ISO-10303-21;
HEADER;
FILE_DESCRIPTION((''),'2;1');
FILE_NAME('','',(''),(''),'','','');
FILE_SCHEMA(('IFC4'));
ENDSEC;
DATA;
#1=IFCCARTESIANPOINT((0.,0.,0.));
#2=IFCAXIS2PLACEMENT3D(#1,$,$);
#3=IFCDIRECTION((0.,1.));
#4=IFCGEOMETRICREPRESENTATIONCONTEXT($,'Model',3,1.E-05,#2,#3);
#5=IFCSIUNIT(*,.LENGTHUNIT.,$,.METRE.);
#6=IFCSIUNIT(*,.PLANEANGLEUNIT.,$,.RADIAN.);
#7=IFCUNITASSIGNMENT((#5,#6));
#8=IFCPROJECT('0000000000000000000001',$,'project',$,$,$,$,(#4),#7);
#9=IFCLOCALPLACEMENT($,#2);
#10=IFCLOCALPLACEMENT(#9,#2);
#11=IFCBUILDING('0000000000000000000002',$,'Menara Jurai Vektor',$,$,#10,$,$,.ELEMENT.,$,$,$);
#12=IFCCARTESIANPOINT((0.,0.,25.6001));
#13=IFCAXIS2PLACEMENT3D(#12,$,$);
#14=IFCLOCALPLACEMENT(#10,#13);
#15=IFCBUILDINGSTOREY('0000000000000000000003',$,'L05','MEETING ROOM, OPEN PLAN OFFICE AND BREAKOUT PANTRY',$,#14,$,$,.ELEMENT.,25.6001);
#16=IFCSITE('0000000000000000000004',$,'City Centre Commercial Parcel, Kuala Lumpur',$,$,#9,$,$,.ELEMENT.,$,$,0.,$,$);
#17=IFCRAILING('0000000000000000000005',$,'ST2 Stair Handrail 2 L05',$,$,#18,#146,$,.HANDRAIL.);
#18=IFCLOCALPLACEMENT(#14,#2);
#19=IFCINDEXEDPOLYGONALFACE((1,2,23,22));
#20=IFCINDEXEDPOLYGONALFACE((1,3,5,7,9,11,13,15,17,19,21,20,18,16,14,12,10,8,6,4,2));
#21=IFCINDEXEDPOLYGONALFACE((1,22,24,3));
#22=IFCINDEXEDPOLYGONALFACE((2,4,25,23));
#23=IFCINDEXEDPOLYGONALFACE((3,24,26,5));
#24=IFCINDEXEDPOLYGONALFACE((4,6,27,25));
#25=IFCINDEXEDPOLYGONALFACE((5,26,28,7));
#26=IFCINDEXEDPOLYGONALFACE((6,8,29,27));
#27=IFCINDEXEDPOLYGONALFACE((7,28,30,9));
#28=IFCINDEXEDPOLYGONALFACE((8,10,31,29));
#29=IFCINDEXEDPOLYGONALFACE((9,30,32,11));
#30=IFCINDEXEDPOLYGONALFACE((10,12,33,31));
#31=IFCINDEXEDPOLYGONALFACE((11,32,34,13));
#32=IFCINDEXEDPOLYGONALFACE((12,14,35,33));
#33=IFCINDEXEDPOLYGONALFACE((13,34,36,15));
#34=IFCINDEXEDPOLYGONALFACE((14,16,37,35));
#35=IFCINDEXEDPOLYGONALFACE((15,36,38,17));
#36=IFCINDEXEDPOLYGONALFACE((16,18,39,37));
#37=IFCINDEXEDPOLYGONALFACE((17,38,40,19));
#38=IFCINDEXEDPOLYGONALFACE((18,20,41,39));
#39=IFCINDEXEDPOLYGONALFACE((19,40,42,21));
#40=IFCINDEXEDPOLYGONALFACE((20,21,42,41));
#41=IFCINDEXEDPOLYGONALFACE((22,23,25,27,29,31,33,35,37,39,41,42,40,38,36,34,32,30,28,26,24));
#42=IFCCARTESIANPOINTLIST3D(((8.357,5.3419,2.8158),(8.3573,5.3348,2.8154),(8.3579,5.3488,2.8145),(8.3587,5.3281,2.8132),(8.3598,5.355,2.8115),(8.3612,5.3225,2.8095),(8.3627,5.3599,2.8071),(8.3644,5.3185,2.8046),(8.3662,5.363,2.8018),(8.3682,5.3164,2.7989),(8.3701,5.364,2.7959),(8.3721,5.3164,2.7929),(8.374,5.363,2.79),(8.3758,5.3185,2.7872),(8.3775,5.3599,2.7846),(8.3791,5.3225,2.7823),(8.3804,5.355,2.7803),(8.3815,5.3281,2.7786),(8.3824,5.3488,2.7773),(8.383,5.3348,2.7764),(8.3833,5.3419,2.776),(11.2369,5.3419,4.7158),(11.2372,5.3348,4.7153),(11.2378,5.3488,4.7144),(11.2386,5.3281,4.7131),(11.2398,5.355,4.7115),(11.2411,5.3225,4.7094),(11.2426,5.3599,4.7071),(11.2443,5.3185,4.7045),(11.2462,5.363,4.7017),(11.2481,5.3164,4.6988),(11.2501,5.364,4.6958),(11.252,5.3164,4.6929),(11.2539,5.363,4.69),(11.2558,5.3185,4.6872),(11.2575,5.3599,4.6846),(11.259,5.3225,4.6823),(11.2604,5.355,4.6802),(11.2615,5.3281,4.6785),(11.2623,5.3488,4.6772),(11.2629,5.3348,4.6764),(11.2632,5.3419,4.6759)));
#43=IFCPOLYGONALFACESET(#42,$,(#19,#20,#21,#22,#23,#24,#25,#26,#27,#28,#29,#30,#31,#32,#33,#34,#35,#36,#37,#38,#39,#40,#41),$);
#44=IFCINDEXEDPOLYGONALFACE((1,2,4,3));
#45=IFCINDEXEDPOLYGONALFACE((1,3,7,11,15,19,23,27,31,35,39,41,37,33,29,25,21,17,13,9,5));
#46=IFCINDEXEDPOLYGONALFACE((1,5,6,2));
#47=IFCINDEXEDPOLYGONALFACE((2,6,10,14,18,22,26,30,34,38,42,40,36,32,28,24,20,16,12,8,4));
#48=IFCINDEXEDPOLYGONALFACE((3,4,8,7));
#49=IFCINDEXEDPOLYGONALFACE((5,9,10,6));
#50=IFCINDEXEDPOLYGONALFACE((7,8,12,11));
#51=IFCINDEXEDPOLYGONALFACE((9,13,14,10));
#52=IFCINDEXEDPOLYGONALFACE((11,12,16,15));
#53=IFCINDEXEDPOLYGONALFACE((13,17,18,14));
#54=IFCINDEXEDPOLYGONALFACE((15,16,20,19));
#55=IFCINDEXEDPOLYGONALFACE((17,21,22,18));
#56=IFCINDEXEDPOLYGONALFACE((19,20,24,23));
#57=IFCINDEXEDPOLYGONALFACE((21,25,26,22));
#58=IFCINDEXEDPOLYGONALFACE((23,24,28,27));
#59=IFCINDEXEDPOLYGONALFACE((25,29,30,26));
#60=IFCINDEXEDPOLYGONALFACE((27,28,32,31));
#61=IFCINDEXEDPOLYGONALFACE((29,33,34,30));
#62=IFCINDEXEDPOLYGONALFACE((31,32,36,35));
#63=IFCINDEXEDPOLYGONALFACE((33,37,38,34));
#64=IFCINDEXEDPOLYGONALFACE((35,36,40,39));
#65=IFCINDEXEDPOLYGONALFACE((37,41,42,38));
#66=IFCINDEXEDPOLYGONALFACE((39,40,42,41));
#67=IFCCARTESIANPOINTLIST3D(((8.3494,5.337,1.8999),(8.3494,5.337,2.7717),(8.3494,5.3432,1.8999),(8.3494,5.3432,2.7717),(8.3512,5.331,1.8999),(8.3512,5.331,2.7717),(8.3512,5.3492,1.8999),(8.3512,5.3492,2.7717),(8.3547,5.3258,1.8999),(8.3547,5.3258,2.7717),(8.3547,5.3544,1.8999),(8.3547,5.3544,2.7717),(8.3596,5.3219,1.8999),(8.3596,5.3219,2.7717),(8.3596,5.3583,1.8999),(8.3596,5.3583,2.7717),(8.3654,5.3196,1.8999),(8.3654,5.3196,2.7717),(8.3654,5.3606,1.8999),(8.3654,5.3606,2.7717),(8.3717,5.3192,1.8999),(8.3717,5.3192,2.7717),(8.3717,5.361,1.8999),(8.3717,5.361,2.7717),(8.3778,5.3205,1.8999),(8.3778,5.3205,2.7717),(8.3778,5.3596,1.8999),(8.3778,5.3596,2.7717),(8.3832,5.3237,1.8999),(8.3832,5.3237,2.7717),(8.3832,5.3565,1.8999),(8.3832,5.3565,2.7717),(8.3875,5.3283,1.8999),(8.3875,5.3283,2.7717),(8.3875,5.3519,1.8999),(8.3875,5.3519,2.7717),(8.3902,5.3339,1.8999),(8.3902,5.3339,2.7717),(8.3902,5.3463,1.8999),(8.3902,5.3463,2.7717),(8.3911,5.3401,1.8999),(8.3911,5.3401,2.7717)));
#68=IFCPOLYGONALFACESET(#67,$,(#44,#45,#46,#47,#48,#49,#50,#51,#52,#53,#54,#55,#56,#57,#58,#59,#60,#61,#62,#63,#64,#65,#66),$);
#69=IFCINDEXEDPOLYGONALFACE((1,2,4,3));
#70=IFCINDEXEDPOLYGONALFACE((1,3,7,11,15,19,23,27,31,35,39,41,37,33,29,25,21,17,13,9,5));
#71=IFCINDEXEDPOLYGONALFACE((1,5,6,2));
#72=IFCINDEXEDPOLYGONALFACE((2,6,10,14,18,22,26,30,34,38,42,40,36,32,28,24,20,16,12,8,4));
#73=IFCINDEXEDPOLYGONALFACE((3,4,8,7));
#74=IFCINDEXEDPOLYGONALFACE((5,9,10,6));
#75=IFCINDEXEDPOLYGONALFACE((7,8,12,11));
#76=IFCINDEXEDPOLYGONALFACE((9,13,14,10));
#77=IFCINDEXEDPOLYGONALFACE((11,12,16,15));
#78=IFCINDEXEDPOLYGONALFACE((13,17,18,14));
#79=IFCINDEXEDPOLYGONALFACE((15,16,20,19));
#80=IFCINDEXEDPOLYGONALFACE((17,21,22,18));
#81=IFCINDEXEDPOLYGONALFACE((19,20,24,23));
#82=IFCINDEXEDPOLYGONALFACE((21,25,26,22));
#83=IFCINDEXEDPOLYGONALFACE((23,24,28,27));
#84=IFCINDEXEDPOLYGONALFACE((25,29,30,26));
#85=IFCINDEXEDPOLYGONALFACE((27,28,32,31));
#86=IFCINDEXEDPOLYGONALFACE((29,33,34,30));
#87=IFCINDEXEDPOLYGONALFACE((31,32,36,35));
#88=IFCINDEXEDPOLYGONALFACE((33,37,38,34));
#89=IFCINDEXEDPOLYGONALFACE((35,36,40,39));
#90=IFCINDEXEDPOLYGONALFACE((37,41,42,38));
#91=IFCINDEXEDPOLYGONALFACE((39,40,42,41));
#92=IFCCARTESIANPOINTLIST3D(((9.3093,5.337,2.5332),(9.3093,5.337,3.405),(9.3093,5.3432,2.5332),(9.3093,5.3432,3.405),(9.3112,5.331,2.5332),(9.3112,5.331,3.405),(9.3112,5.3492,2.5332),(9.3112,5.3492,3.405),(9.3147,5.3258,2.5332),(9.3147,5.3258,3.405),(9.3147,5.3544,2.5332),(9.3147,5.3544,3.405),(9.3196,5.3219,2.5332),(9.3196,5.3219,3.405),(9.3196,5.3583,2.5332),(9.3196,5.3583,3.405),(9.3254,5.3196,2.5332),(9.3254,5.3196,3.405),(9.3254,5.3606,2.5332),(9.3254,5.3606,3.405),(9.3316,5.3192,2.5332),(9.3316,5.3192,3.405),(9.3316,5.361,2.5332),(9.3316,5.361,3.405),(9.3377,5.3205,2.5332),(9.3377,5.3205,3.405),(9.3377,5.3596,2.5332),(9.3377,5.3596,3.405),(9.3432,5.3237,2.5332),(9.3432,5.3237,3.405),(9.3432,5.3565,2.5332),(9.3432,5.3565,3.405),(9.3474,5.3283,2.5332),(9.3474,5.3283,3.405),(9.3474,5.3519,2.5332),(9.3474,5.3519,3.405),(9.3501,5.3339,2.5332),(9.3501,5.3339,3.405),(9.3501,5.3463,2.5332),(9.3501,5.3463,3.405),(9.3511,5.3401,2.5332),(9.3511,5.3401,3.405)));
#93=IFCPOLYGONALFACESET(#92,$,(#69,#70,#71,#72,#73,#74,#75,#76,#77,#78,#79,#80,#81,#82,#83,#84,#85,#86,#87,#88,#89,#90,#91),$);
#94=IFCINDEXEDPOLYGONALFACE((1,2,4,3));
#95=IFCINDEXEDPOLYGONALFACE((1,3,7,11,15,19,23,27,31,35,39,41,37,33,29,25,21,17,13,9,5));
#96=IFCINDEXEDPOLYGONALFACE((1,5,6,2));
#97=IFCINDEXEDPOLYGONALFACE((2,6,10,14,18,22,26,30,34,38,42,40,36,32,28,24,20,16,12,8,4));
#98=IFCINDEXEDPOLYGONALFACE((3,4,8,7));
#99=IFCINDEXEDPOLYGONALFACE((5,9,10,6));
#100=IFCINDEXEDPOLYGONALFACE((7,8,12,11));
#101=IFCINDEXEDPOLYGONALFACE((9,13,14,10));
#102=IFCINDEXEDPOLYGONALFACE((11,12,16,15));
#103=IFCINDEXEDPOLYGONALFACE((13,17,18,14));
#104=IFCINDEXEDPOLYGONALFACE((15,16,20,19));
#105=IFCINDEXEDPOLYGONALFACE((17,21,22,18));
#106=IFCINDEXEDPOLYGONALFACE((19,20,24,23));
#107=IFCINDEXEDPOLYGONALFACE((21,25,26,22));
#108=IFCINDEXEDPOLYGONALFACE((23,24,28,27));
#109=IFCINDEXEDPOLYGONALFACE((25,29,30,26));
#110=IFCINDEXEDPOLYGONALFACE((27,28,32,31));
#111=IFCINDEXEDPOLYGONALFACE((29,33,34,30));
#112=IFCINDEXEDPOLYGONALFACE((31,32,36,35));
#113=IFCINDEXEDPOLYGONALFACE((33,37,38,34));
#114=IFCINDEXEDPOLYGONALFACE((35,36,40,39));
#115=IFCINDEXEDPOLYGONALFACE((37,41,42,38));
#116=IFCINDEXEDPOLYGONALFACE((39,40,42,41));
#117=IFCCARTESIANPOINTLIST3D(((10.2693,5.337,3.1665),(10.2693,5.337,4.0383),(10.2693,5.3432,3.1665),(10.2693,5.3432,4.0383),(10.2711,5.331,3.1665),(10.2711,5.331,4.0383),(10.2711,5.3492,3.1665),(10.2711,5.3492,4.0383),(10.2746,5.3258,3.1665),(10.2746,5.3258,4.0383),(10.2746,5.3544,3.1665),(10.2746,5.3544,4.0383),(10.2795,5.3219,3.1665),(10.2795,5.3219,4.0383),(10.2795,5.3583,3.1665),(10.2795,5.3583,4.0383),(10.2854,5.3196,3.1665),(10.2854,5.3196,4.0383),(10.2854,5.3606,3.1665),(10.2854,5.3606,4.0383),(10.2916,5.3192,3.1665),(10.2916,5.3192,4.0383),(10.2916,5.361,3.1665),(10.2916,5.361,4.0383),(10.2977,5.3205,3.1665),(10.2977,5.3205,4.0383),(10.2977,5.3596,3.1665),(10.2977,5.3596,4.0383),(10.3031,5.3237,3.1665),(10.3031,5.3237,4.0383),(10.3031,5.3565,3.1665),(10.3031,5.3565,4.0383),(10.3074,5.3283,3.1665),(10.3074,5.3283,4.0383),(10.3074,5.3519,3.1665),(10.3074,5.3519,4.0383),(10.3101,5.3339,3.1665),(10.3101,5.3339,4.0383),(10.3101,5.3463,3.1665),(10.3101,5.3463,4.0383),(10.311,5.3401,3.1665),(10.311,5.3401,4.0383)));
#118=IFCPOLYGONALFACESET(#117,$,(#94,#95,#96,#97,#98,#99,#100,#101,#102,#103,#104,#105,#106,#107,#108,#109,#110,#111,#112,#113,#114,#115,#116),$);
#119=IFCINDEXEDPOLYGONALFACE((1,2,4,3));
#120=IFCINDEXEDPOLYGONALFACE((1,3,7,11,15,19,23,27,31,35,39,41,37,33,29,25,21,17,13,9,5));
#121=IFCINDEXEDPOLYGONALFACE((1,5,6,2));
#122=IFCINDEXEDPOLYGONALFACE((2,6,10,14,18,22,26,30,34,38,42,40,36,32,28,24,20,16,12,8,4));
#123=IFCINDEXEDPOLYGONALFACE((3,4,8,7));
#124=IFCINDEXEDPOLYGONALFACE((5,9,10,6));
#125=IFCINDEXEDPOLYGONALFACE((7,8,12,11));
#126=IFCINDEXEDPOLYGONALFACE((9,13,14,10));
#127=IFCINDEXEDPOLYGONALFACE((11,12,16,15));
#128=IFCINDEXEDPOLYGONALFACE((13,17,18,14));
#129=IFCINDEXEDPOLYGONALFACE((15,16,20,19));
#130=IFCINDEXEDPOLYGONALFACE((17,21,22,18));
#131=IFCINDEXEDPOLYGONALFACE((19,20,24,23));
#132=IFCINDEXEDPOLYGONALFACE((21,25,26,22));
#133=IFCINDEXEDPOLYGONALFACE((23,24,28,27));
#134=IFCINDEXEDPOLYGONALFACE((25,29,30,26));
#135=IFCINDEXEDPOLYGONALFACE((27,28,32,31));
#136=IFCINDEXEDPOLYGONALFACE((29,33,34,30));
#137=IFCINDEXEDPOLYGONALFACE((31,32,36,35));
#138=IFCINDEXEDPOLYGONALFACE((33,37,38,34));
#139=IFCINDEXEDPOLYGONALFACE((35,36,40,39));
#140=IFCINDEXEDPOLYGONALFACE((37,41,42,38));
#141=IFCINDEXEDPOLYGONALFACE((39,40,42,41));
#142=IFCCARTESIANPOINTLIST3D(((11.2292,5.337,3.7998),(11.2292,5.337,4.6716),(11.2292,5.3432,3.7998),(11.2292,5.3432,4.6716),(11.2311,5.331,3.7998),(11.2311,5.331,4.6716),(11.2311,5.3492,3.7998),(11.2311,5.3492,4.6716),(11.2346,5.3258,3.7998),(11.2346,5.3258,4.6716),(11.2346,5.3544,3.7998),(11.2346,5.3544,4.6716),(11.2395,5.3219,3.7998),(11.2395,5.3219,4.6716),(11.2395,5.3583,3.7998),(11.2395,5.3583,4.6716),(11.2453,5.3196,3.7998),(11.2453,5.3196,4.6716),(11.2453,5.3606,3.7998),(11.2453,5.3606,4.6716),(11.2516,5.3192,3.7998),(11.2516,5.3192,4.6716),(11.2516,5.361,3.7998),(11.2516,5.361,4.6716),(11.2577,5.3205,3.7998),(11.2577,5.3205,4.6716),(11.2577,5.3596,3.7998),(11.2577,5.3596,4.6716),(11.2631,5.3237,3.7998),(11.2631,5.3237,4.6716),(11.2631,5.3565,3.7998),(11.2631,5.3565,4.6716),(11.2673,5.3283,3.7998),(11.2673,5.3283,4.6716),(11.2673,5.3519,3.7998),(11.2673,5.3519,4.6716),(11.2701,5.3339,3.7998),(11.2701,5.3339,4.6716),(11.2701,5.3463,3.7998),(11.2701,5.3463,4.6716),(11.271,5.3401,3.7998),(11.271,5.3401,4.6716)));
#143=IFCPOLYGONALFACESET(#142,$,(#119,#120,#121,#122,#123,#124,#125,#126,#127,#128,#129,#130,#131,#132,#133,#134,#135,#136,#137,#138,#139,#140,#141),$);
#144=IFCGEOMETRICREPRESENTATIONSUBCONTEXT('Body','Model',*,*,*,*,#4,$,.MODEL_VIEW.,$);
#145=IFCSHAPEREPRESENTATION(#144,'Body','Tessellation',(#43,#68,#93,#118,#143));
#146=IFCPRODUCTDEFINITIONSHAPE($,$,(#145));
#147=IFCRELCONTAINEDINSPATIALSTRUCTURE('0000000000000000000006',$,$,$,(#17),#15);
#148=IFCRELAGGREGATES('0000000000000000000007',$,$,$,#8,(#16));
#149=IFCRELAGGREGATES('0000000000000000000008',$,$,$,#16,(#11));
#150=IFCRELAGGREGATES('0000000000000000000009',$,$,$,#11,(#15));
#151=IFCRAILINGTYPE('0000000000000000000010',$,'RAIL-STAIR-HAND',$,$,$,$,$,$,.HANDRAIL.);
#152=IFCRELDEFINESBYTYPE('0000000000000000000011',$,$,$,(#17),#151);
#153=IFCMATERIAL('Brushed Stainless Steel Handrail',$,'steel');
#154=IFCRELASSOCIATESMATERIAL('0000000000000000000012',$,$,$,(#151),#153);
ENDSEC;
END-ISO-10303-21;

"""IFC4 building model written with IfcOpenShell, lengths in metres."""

from ifc_helpers import new_model, si_unit, direction, frame, origin, origin_2d, place, context, subcontext, project, spatial, circle, extrude, material, type_object, element, save


model = new_model("IFC4")

# Units and contexts
model_context = context("Model", 3, precision=1e-05, world=origin(), true_north=direction((0.0, 1.0)))
body_context = subcontext(model_context, "Body", "Model", "MODEL_VIEW")
ifc_project = project(units=[si_unit("LENGTHUNIT", "METRE"), si_unit("PLANEANGLEUNIT", "RADIAN")], contexts=[model_context])

# Site, building, storey
site_placement = place(None, origin())
site = spatial("IfcSite", under=ifc_project, at=site_placement, Name="City Centre Commercial Parcel, Kuala Lumpur", CompositionType="ELEMENT", RefElevation=0.0)
building_placement = place(site_placement, origin())
building = spatial("IfcBuilding", under=site, at=building_placement, Name="Menara Jurai Vektor", CompositionType="ELEMENT")
storey_placement = place(building_placement, frame((0.0, 0.0, 25.6001)))
storey = spatial("IfcBuildingStorey", under=building, at=storey_placement, Name="L05", Description="MEETING ROOM, OPEN PLAN OFFICE AND BREAKOUT PANTRY", CompositionType="ELEMENT", Elevation=25.6001)

# Railing
ifc_material_1 = material(Name="Brushed Stainless Steel Handrail", Category="steel")
railing_type_1 = type_object("IfcRailingType", Name="RAIL-STAIR-HAND", PredefinedType="HANDRAIL", material=ifc_material_1)
railing_1_placement = place(storey_placement, frame((8.3701, 5.3401, 1.8999)))
element("IfcRailing", 1, at=railing_1_placement, inside=storey, type_object=railing_type_1, Name="ST2 Stair Handrail 2 L05", PredefinedType="HANDRAIL", context=body_context, shape_type="SweptSolid", body=[
    extrude(circle(Radius=0.0239, at=origin_2d()), frame((0.0, 0.0, 0.896), z_axis=(0.834719, 0.0, 0.550677), x_axis=(0.0, 1.0, 0.0)), (0.0, 0.0, 1.0), 3.4502),
    extrude(circle(Radius=0.021, at=origin_2d()), origin(), (0.0, 0.0, 1.0), 0.8718),
    extrude(circle(Radius=0.021, at=origin_2d()), frame((0.96, 0.0, 0.6333)), (0.0, 0.0, 1.0), 0.8718),
    extrude(circle(Radius=0.021, at=origin_2d()), frame((1.9199, 0.0, 1.2666)), (0.0, 0.0, 1.0), 0.8718),
    extrude(circle(Radius=0.021, at=origin_2d()), frame((2.8799, 0.0, 1.8999)), (0.0, 0.0, 1.0), 0.8718),
])

save(model, "model.ifc")
